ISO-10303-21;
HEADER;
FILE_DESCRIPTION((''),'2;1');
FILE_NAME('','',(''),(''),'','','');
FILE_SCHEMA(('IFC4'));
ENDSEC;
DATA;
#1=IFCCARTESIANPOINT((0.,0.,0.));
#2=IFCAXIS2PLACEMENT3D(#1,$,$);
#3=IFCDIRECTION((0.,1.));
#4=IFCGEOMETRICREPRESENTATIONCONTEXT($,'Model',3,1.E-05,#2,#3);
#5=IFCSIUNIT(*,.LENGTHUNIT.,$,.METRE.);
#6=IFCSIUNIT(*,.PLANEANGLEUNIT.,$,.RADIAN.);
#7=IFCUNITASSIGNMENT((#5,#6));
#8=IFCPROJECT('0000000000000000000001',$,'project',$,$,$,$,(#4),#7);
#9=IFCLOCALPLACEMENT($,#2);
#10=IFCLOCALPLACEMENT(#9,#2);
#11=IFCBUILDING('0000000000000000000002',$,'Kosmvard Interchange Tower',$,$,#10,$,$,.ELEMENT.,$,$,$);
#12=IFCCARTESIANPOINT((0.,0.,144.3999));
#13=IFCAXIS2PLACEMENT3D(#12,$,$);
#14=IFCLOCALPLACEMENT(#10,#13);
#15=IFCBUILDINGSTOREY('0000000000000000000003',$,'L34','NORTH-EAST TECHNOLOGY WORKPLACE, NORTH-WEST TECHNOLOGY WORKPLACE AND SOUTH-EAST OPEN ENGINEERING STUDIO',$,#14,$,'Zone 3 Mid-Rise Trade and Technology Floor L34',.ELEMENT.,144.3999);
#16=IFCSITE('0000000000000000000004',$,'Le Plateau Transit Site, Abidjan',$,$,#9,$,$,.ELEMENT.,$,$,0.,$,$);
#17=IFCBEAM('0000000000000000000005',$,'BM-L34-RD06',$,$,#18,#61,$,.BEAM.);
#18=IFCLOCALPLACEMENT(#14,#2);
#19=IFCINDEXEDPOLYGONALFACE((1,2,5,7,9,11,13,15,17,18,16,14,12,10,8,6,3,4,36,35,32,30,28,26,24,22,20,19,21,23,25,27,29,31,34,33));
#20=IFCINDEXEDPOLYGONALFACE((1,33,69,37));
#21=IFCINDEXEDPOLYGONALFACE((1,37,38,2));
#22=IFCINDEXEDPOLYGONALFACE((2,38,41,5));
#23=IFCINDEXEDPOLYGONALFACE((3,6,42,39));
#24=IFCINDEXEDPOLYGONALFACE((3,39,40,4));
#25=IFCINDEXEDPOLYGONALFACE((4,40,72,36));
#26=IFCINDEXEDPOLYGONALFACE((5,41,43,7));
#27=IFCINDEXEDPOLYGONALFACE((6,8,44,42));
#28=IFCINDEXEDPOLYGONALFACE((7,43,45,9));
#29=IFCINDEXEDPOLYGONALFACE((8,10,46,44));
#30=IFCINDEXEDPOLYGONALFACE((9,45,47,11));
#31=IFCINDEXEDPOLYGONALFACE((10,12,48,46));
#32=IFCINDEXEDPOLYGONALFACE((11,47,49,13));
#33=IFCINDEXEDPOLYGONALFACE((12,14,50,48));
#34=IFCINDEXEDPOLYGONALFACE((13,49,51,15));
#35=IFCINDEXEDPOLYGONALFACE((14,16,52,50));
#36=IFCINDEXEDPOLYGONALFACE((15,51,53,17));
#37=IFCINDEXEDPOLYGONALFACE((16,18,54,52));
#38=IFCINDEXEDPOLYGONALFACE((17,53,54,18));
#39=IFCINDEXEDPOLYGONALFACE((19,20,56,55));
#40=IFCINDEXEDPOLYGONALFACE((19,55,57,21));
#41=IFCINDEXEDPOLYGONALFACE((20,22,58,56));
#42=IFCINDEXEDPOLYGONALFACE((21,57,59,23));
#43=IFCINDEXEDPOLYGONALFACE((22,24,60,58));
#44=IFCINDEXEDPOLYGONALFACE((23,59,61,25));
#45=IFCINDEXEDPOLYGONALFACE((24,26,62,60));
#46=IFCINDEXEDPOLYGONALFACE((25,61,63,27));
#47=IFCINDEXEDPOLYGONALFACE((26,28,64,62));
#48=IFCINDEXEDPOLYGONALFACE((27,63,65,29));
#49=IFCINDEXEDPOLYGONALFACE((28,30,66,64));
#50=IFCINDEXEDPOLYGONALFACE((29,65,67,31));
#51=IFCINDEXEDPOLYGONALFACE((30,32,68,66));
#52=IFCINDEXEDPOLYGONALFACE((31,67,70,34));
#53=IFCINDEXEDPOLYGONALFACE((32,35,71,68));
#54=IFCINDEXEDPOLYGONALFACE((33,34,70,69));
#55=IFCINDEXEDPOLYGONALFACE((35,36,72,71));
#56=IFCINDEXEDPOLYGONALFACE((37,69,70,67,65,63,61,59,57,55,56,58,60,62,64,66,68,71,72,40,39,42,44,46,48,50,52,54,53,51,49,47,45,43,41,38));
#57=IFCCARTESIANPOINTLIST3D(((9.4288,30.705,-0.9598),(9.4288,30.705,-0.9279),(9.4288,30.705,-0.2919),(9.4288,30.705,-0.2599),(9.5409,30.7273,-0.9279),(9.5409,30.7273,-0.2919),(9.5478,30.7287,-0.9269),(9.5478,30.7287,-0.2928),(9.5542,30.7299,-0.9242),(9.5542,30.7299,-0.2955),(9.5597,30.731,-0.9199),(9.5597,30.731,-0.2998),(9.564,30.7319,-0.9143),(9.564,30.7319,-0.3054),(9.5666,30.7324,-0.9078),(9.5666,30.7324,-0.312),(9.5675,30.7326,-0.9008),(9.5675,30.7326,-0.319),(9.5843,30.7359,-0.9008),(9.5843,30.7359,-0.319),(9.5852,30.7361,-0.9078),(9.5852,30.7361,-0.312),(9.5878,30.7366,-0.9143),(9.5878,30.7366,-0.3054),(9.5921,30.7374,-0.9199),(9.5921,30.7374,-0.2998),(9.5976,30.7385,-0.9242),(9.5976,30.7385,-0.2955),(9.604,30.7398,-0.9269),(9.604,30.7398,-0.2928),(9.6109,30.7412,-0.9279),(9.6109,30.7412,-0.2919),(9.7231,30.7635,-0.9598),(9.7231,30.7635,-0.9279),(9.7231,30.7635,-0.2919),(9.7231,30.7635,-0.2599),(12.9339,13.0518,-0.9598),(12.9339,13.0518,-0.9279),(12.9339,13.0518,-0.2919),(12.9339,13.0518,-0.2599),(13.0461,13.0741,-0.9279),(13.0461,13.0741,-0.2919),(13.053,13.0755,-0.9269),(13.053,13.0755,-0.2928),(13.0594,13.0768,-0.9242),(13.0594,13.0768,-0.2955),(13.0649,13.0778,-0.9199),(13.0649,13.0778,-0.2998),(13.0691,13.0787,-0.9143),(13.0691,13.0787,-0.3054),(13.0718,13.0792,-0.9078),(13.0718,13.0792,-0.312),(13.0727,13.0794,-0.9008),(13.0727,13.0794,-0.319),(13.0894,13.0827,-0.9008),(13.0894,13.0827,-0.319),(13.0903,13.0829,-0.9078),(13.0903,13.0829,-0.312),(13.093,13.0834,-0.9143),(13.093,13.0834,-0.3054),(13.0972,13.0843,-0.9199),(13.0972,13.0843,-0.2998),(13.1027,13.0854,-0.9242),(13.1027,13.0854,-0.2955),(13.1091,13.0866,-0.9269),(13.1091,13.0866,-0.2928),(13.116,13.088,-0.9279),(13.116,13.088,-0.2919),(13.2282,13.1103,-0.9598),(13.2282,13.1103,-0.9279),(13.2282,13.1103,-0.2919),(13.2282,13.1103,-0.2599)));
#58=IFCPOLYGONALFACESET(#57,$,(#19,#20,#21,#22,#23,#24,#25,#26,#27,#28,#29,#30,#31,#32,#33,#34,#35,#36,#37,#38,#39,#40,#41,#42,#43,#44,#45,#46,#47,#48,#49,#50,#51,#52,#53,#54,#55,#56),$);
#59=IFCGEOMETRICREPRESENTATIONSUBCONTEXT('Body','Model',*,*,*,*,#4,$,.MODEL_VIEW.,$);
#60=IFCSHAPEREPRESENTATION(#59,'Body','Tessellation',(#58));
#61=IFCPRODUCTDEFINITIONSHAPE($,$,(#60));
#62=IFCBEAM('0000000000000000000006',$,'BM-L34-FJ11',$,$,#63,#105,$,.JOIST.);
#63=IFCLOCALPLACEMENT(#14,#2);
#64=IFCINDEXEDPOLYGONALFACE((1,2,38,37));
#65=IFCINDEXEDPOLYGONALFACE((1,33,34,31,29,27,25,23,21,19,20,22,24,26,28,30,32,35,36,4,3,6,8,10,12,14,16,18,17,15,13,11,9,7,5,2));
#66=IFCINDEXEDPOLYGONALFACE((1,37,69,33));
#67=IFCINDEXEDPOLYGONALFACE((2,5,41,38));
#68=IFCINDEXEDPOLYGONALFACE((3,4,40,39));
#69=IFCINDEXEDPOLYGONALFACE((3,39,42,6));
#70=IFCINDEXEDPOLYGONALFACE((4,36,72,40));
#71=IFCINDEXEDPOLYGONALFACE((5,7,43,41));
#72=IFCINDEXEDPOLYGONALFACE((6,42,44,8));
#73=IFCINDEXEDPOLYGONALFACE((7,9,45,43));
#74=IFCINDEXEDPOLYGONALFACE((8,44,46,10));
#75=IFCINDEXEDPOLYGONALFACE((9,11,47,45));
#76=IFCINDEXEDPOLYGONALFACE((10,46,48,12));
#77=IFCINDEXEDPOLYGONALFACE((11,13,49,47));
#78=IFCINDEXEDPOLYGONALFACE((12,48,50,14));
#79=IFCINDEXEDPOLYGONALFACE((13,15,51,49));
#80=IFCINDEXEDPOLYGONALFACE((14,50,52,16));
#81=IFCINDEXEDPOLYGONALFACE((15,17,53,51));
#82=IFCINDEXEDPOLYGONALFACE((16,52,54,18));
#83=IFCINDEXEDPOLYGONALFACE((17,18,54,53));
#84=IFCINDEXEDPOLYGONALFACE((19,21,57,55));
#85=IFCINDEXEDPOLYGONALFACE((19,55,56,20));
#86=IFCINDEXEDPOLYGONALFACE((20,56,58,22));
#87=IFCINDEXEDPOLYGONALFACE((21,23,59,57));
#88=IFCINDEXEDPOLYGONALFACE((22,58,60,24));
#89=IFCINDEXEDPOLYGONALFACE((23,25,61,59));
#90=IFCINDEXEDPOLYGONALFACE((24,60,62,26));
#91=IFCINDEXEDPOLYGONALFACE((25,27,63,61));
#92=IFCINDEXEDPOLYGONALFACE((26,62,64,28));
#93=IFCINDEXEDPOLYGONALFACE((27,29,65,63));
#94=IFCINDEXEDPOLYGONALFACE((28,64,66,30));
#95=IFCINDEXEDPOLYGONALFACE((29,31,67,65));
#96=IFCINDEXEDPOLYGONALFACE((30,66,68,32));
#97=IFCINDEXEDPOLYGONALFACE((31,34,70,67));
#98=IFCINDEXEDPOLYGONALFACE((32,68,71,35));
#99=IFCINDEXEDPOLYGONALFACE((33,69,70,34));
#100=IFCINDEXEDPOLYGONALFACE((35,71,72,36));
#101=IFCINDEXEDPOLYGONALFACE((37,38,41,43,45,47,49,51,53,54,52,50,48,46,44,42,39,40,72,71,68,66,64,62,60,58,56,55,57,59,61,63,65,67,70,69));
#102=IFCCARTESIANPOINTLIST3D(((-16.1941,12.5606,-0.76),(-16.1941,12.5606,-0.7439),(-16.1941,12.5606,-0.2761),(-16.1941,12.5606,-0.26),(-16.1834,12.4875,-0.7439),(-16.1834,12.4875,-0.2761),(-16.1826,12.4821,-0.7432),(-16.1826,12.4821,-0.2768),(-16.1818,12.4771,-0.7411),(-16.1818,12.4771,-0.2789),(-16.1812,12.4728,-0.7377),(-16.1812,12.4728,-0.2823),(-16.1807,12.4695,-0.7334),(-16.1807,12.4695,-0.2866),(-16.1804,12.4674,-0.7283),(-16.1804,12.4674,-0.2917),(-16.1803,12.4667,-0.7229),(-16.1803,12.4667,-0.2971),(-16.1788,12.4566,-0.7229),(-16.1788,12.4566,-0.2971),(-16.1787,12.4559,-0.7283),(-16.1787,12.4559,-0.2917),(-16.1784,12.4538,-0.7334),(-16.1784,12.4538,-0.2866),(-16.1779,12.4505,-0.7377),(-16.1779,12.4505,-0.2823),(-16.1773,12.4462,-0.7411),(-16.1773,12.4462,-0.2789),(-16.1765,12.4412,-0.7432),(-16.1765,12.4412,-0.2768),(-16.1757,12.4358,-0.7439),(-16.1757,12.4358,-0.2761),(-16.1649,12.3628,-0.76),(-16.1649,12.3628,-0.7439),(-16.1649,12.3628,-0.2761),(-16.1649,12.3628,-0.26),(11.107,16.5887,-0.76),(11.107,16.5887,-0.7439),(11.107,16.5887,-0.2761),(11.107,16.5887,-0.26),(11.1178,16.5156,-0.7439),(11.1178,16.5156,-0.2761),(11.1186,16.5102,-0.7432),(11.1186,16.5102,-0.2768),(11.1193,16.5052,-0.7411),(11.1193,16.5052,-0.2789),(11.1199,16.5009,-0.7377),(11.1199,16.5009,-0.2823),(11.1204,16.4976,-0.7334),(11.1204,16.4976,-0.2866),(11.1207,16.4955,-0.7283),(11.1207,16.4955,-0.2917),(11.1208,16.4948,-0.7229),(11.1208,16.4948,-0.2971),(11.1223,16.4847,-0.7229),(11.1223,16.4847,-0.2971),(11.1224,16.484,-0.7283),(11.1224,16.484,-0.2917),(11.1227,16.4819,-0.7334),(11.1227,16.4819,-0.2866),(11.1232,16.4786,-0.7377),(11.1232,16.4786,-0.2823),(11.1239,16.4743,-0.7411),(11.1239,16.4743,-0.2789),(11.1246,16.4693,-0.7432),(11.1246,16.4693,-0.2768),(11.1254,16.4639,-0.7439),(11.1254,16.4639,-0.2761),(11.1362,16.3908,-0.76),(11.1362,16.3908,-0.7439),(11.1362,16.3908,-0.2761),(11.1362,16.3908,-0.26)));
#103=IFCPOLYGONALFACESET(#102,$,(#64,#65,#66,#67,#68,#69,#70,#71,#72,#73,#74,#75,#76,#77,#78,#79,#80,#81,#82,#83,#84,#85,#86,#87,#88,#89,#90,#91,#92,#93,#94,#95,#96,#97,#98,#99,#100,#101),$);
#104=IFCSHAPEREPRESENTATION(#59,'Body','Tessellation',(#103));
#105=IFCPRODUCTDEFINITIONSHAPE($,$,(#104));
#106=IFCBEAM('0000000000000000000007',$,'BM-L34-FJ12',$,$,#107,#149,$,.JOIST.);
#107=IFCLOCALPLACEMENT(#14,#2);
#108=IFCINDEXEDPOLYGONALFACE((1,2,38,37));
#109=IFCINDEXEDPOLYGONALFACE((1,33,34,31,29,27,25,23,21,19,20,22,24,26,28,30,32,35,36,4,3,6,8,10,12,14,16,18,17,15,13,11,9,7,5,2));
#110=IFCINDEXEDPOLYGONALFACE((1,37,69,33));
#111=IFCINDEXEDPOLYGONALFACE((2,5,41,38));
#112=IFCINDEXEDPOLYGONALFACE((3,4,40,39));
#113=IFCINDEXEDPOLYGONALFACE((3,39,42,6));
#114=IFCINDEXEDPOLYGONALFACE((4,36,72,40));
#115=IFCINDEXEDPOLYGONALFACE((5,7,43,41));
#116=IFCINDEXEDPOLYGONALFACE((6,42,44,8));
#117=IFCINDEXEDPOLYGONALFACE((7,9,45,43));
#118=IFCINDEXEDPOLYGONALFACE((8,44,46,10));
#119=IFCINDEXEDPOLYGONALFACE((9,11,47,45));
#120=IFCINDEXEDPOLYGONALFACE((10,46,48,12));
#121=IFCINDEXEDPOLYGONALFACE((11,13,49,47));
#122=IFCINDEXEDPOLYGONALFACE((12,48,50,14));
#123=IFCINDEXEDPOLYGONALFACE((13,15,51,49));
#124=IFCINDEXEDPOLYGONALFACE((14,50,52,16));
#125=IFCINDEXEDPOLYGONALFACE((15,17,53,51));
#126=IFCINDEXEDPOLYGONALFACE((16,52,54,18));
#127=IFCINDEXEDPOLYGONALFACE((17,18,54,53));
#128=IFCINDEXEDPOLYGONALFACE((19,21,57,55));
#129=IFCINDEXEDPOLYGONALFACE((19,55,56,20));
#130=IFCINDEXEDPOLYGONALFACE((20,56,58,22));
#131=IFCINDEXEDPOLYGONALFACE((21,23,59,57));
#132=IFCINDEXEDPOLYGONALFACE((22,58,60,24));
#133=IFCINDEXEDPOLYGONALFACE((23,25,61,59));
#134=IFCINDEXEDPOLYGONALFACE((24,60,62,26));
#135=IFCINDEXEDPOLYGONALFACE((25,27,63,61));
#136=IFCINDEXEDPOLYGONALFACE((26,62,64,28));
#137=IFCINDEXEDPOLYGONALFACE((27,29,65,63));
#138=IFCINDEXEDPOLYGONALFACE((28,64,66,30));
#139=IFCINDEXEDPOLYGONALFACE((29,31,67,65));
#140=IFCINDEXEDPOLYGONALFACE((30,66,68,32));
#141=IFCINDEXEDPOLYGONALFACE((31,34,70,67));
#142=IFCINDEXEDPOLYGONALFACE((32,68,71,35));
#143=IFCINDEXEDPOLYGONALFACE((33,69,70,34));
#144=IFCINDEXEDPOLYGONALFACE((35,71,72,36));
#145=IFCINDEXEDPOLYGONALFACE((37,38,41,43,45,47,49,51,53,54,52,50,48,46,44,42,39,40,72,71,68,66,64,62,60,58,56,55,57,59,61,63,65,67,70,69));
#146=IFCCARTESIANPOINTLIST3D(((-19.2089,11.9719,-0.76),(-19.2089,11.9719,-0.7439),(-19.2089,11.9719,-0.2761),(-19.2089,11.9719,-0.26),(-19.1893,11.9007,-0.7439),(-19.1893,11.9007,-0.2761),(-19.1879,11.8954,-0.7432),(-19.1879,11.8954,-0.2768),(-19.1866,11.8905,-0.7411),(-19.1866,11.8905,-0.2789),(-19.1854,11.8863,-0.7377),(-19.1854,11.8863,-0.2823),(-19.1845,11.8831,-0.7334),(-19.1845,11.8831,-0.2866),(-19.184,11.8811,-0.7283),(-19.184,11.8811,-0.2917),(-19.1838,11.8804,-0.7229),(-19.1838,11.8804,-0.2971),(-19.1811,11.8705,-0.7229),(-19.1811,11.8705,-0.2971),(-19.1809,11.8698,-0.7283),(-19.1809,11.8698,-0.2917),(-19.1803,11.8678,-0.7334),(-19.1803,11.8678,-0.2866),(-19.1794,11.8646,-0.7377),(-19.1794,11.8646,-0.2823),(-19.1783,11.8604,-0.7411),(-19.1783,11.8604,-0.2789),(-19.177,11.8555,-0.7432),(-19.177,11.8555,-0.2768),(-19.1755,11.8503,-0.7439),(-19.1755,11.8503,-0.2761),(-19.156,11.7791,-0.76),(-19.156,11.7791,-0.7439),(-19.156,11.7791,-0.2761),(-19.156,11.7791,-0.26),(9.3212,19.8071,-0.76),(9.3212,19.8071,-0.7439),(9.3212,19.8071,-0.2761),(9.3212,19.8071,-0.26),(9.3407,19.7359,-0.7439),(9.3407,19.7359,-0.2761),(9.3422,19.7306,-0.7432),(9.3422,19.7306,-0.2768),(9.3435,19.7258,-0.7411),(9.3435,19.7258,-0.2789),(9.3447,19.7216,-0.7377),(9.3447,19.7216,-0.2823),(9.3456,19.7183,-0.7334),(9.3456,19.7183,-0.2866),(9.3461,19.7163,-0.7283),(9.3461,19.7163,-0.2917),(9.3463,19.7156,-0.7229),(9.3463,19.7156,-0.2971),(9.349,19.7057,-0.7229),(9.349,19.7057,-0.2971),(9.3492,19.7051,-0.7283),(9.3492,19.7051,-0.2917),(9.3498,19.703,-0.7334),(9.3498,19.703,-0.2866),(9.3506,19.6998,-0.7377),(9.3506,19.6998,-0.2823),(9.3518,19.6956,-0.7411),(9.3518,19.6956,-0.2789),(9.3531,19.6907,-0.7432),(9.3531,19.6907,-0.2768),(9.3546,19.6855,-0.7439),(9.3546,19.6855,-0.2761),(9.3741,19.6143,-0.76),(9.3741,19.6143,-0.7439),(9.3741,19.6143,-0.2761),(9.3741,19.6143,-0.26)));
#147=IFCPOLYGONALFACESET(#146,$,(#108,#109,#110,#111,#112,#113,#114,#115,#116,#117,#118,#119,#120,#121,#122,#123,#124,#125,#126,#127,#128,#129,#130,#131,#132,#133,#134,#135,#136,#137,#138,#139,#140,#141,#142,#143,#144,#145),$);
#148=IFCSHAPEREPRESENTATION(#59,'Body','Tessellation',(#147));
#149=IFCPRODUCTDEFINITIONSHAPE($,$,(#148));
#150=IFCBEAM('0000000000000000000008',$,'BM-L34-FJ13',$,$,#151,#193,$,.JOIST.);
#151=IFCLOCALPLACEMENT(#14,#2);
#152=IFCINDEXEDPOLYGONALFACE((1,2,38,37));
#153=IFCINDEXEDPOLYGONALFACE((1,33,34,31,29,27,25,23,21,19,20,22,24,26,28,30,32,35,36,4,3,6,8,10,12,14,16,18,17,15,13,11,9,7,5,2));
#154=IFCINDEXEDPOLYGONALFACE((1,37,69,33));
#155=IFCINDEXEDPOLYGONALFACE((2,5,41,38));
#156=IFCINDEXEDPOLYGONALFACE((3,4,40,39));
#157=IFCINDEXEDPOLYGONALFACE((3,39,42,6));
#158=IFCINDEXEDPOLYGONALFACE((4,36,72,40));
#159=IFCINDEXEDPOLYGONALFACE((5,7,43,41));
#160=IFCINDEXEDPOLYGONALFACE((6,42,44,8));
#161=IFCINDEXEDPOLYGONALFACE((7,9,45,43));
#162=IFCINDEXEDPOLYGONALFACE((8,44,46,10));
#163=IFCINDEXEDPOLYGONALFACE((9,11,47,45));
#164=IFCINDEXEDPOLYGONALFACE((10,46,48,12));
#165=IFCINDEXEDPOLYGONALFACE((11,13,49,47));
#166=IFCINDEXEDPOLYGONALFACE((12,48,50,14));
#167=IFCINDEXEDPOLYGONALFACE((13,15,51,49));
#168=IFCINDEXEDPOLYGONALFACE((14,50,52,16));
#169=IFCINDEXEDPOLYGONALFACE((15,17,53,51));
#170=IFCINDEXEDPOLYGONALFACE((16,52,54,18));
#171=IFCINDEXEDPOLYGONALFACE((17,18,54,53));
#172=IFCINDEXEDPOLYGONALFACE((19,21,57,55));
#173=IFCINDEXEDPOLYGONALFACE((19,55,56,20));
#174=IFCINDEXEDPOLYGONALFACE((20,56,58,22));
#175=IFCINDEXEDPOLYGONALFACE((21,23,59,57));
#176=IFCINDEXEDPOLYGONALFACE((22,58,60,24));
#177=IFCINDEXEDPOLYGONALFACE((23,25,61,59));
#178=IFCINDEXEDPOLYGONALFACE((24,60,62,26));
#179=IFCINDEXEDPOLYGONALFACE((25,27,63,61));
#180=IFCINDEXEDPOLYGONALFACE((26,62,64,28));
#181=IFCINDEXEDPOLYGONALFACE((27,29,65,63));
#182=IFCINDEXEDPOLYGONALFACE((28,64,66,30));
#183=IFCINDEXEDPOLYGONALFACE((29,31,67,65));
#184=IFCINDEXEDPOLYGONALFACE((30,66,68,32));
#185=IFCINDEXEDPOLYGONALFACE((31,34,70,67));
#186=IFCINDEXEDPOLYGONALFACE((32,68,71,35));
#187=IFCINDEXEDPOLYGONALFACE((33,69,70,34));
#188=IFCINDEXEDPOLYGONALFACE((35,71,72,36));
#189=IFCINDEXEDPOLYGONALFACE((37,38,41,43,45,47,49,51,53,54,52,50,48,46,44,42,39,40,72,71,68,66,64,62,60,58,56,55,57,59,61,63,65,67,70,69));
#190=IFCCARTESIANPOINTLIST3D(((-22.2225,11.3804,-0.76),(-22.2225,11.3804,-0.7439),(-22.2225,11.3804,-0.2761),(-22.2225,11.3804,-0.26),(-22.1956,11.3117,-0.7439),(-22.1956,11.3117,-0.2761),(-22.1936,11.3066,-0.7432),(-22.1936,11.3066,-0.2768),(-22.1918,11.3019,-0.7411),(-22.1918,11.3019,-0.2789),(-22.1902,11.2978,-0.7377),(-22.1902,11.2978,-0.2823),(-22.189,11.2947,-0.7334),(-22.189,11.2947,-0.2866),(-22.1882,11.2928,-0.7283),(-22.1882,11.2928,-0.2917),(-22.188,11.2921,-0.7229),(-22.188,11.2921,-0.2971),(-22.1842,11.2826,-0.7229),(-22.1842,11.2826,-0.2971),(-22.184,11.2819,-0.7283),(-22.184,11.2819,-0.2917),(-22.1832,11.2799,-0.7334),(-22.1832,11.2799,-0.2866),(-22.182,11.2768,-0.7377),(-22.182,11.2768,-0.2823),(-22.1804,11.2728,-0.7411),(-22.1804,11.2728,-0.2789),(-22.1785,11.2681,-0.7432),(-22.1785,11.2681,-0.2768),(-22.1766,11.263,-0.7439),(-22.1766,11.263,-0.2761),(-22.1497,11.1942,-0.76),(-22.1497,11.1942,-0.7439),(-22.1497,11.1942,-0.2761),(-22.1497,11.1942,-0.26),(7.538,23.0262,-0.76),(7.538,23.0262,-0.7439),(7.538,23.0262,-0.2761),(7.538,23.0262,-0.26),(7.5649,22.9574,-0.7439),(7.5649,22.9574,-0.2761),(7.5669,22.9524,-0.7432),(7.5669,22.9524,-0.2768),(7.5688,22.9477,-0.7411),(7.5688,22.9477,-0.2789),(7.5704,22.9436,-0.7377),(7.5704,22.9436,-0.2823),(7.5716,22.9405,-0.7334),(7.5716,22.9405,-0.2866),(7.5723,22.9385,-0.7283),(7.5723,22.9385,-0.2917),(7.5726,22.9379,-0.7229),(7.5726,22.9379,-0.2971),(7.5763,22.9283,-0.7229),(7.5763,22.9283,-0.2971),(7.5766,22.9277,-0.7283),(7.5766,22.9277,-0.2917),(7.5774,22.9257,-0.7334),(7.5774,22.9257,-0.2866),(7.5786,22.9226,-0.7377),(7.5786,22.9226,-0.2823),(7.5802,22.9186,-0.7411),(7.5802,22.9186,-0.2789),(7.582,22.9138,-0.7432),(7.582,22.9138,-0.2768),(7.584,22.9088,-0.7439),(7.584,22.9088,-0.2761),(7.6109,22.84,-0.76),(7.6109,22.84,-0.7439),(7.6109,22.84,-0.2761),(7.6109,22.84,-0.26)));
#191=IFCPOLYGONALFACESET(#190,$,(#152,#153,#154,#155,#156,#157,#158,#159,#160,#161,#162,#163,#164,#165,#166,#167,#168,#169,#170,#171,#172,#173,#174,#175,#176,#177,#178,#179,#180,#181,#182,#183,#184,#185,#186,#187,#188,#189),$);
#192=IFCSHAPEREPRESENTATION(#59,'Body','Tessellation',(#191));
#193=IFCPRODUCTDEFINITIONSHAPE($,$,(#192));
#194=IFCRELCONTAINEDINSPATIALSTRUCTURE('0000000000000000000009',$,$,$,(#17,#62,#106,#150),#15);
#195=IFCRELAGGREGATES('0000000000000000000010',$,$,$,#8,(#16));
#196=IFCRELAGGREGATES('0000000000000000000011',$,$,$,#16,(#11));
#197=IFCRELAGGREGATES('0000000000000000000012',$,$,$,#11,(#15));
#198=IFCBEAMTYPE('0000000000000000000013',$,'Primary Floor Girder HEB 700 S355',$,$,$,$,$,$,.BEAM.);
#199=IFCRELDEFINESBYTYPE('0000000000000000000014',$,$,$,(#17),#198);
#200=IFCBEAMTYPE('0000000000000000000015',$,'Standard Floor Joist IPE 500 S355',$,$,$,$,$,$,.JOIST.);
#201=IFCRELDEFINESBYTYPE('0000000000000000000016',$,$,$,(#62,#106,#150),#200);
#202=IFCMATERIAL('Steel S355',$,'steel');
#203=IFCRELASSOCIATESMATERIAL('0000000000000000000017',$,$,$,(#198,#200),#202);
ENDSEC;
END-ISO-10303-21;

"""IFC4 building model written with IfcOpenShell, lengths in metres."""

from ifc_helpers import new_model, si_unit, direction, frame, origin, origin_2d, place, context, subcontext, project, spatial, i_section, extrude, source, transform, mapped, material, material_profile, profile_set, type_object, element, save


model = new_model("IFC4")

# Units and contexts
model_context = context("Model", 3, precision=1e-05, world=origin(), true_north=direction((0.0, 1.0)))
body_context = subcontext(model_context, "Body", "Model", "MODEL_VIEW")
ifc_project = project(units=[si_unit("LENGTHUNIT", "METRE"), si_unit("PLANEANGLEUNIT", "RADIAN")], contexts=[model_context])

# Site, building, storey
site_placement = place(None, origin())
site = spatial("IfcSite", under=ifc_project, at=site_placement, Name="Le Plateau Transit Site, Abidjan", CompositionType="ELEMENT", RefElevation=0.0)
building_placement = place(site_placement, origin())
building = spatial("IfcBuilding", under=site, at=building_placement, Name="Kosmvard Interchange Tower", CompositionType="ELEMENT")
storey_placement = place(building_placement, frame((0.0, 0.0, 144.3999)))
storey = spatial("IfcBuildingStorey", under=building, at=storey_placement, Name="L34", Description="NORTH-EAST TECHNOLOGY WORKPLACE, NORTH-WEST TECHNOLOGY WORKPLACE AND SOUTH-EAST OPEN ENGINEERING STUDIO", LongName="Zone 3 Mid-Rise Trade and Technology Floor L34", CompositionType="ELEMENT", Elevation=144.3999)

# Beams
ifc_material_1 = material(Name="Steel S355", Category="steel")
ifc_material_profile_1 = material_profile(ifc_material_1, i_section(OverallWidth=0.3, OverallDepth=0.7, WebThickness=0.0171, FlangeThickness=0.032, FilletRadius=0.0271, at=origin_2d()), Name="HEB 700")
ifc_profile_set_1 = profile_set([ifc_material_profile_1], Name="Steel S355")
beam_type_1 = type_object("IfcBeamType", Name="Primary Floor Girder HEB 700 S355", PredefinedType="BEAM", material=ifc_profile_set_1)
shared_shape_1 = source(origin(), body_context, "Body", "SweptSolid", [
    extrude(i_section(OverallWidth=0.3, OverallDepth=0.7, WebThickness=0.0171, FlangeThickness=0.032, FilletRadius=0.0271, at=origin_2d()), origin(), (0.0, 0.0, 1.0), 17.9978),
])
beam_1_placement = place(storey_placement, frame((13.0811, 13.0811, -0.6099), z_axis=(-0.194754, 0.980852, 0.0), x_axis=(-0.980852, -0.194754, 0.0)))
element("IfcBeam", 1, at=beam_1_placement, inside=storey, type_object=beam_type_1, Name="BM-L34-RD06", PredefinedType="BEAM", context=body_context, shape_type="MappedRepresentation", body=[
    mapped(shared_shape_1, transform((0.0, 0.0, 0.0), scale=1.0)),
])
ifc_material_profile_2 = material_profile(ifc_material_1, i_section(OverallWidth=0.2, OverallDepth=0.5, WebThickness=0.0103, FlangeThickness=0.0161, FilletRadius=0.021, at=origin_2d()), Name="IPE 500")
ifc_profile_set_2 = profile_set([ifc_material_profile_2], Name="Steel S355")
beam_type_2 = type_object("IfcBeamType", Name="Standard Floor Joist IPE 500 S355", PredefinedType="JOIST", material=ifc_profile_set_2)
shared_shape_2 = source(origin(), body_context, "Body", "SweptSolid", [
    extrude(i_section(OverallWidth=0.2, OverallDepth=0.5, WebThickness=0.0103, FlangeThickness=0.0161, FilletRadius=0.021, at=origin_2d()), origin(), (0.0, 0.0, 1.0), 27.5967),
])
beam_2_placement = place(storey_placement, frame((11.1216, 16.4897, -0.51), z_axis=(-0.98929, -0.145963, 0.0), x_axis=(0.145963, -0.98929, 0.0)))
element("IfcBeam", 2, at=beam_2_placement, inside=storey, type_object=beam_type_2, Name="BM-L34-FJ11", PredefinedType="JOIST", context=body_context, shape_type="MappedRepresentation", body=[
    mapped(shared_shape_2, transform((0.0, 0.0, 0.0), scale=1.0)),
])
shared_shape_3 = source(origin(), body_context, "Body", "SweptSolid", [
    extrude(i_section(OverallWidth=0.2, OverallDepth=0.5, WebThickness=0.0103, FlangeThickness=0.0161, FilletRadius=0.021, at=origin_2d()), origin(), (0.0, 0.0, 1.0), 29.5864),
])
beam_3_placement = place(storey_placement, frame((9.3477, 19.7107, -0.51), z_axis=(-0.964297, -0.264825, 0.0), x_axis=(0.264825, -0.964297, 0.0)))
element("IfcBeam", 3, at=beam_3_placement, inside=storey, type_object=beam_type_2, Name="BM-L34-FJ12", PredefinedType="JOIST", context=body_context, shape_type="MappedRepresentation", body=[
    mapped(shared_shape_3, transform((0.0, 0.0, 0.0), scale=1.0)),
])
shared_shape_4 = source(origin(), body_context, "Body", "SweptSolid", [
    extrude(i_section(OverallWidth=0.2, OverallDepth=0.5, WebThickness=0.0103, FlangeThickness=0.0161, FilletRadius=0.021, at=origin_2d()), origin(), (0.0, 0.0, 1.0), 31.958),
])
beam_4_placement = place(storey_placement, frame((7.5745, 22.9331, -0.51), z_axis=(-0.931239, -0.364409, 0.0), x_axis=(0.364409, -0.931239, 0.0)))
element("IfcBeam", 4, at=beam_4_placement, inside=storey, type_object=beam_type_2, Name="BM-L34-FJ13", PredefinedType="JOIST", context=body_context, shape_type="MappedRepresentation", body=[
    mapped(shared_shape_4, transform((0.0, 0.0, 0.0), scale=1.0)),
])

save(model, "model.ifc")
